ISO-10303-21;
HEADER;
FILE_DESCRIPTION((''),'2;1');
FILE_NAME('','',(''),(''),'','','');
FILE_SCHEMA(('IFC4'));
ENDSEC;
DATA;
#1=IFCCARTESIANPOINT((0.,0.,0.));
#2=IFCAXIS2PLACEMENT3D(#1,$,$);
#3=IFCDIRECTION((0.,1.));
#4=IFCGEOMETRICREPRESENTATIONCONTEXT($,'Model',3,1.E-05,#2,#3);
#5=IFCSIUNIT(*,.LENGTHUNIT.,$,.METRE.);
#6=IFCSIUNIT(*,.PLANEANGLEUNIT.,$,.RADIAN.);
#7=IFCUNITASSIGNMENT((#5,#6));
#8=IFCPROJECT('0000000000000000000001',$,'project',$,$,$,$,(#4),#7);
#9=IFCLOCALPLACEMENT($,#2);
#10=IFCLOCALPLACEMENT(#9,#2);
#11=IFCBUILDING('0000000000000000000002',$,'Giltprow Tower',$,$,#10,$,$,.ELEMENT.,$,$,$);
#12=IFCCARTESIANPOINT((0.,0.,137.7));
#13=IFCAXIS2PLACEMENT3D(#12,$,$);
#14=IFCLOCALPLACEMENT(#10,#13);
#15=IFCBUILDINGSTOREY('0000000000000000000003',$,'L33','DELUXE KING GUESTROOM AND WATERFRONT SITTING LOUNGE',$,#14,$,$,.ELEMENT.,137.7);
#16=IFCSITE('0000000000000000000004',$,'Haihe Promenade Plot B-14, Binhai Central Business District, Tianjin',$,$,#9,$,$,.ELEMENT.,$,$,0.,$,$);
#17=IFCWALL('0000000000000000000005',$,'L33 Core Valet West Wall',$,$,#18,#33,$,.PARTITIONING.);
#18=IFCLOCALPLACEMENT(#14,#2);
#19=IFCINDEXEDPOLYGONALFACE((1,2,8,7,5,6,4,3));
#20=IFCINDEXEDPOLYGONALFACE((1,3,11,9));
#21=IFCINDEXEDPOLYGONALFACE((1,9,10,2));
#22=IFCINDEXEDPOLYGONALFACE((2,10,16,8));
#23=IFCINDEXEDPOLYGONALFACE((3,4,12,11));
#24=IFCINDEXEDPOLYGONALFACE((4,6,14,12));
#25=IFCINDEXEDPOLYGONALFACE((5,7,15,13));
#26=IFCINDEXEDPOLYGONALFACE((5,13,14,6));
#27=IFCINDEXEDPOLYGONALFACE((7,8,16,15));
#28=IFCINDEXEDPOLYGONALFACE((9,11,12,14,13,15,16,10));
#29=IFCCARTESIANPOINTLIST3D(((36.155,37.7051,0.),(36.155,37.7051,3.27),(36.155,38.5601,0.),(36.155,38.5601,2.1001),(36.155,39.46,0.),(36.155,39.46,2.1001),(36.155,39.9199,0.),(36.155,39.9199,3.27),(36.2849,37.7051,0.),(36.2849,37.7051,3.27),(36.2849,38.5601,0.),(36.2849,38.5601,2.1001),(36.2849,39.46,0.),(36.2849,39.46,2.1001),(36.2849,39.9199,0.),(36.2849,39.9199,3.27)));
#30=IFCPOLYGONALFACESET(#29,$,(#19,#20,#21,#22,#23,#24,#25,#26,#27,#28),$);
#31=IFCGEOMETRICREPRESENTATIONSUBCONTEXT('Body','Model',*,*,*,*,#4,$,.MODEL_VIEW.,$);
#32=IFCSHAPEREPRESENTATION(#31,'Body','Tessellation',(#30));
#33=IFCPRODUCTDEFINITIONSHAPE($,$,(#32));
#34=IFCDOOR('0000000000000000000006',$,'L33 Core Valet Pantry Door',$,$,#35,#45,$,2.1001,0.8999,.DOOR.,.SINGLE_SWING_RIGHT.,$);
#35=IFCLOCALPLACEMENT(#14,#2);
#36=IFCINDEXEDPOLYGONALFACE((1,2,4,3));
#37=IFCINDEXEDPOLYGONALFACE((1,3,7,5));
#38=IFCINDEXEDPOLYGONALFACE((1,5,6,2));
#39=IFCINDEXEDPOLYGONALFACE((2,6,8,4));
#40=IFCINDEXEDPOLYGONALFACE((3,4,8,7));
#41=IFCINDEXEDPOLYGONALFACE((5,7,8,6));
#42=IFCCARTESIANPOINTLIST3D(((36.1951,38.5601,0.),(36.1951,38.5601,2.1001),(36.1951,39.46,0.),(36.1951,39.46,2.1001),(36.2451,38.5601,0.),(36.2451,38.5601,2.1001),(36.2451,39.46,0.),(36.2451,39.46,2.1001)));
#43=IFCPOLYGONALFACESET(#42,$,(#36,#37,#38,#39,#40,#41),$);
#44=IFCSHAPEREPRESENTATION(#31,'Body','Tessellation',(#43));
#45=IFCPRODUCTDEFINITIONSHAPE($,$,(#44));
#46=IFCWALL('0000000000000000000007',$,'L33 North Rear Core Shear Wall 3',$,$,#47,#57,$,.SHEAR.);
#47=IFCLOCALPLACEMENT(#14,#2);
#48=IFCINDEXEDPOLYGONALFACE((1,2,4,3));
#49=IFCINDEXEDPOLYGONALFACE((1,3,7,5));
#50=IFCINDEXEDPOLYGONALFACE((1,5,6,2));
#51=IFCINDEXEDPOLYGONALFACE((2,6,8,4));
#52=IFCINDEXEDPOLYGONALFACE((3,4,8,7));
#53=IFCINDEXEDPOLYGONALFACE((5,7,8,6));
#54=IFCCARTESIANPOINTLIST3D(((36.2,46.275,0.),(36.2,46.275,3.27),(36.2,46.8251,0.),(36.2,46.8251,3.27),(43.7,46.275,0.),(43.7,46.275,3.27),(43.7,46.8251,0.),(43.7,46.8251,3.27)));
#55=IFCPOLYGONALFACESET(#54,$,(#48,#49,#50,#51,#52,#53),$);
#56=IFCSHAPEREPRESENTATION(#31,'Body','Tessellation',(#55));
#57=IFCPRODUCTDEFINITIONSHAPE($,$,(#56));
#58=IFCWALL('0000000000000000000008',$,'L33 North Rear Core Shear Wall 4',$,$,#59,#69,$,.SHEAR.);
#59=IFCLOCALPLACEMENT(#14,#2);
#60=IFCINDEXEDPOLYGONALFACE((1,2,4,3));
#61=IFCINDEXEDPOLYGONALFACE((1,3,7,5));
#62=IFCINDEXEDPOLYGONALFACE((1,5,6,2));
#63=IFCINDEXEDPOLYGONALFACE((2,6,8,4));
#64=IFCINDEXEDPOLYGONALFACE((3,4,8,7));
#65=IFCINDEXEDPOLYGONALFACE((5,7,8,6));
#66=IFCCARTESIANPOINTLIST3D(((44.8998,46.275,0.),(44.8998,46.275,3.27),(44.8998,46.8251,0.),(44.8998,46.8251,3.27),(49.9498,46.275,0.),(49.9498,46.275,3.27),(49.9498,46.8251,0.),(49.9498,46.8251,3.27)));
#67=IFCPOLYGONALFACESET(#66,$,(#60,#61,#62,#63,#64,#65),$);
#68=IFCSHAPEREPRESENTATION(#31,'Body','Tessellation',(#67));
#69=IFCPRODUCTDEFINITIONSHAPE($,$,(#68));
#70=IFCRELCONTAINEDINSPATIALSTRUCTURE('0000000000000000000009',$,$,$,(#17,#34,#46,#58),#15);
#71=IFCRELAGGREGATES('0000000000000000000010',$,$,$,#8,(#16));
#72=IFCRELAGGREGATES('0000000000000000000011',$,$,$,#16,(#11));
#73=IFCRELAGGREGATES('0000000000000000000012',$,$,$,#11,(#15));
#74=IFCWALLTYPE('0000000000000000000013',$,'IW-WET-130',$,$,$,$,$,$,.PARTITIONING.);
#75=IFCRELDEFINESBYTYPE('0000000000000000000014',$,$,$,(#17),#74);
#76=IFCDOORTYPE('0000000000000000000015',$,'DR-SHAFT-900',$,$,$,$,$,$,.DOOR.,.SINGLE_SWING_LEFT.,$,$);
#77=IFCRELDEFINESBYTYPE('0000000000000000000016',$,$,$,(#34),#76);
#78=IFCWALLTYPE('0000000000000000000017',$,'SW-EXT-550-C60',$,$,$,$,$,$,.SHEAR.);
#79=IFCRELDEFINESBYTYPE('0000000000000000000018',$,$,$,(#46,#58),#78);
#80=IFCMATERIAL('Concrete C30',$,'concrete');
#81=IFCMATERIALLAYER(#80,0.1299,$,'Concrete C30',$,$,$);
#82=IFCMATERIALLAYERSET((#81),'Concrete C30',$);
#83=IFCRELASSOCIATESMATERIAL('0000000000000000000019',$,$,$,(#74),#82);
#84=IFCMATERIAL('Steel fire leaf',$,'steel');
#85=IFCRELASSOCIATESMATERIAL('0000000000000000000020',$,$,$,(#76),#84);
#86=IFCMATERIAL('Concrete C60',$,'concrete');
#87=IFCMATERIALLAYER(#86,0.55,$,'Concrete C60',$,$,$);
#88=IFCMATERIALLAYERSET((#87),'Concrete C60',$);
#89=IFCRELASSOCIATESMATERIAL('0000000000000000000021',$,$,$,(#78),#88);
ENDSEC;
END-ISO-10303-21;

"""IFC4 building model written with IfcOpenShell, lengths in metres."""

from ifc_helpers import new_model, si_unit, direction, frame, frame_2d, origin, place, context, subcontext, project, spatial, rectangle, extrude, source, transform, mapped, material, layer, layer_set, type_object, element, fill, save


model = new_model("IFC4")

# Units and contexts
model_context = context("Model", 3, precision=1e-05, world=origin(), true_north=direction((0.0, 1.0)))
body_context = subcontext(model_context, "Body", "Model", "MODEL_VIEW")
ifc_project = project(units=[si_unit("LENGTHUNIT", "METRE"), si_unit("PLANEANGLEUNIT", "RADIAN")], contexts=[model_context])

# Site, building, storey
site_placement = place(None, origin())
site = spatial("IfcSite", under=ifc_project, at=site_placement, Name="Haihe Promenade Plot B-14, Binhai Central Business District, Tianjin", CompositionType="ELEMENT", RefElevation=0.0)
building_placement = place(site_placement, origin())
building = spatial("IfcBuilding", under=site, at=building_placement, Name="Giltprow Tower", CompositionType="ELEMENT")
storey_placement = place(building_placement, frame((0.0, 0.0, 137.7)))
storey = spatial("IfcBuildingStorey", under=building, at=storey_placement, Name="L33", Description="DELUXE KING GUESTROOM AND WATERFRONT SITTING LOUNGE", CompositionType="ELEMENT", Elevation=137.7)

# Shared definitions
ifc_material_1 = material(Name="Concrete C60", Category="concrete")

# Shared definitions
ifc_material_2 = material(Name="Concrete C30", Category="concrete")
ifc_layer_1 = layer(ifc_material_2, 0.1299, Name="Concrete C30")
ifc_layer_set_1 = layer_set([ifc_layer_1], Name="Concrete C30")
wall_type_1 = type_object("IfcWallType", Name="IW-WET-130", PredefinedType="PARTITIONING", material=ifc_layer_set_1)

# Wall, opening, door
wall_1_placement = place(storey_placement, frame((36.22, 37.7051, 0.0), z_axis=(0.0, 0.0, 1.0), x_axis=(0.0, 1.0, 0.0)))
wall_1 = element("IfcWall", 1, at=wall_1_placement, inside=storey, type_object=wall_type_1, Name="L33 Core Valet West Wall", PredefinedType="PARTITIONING", context=body_context, shape_type="SweptSolid", body=[
    extrude(rectangle(XDim=2.2148, YDim=0.1299, at=frame_2d((1.1074, 0.0))), origin(), (0.0, 0.0, 1.0), 3.27),
])
opening_1_placement = place(wall_1_placement, frame((0.855, 0.0, 0.0)))
opening_1 = element("IfcOpeningElement", 2, at=opening_1_placement, cuts=wall_1, PredefinedType="OPENING", context=body_context, shape_type="SweptSolid", body=[
    extrude(rectangle(XDim=0.8999, YDim=2.1001, at=frame_2d((0.45, 1.05))), frame((0.0, 0.075, 0.0), z_axis=(0.0, -1.0, 0.0), x_axis=(1.0, 0.0, 0.0)), (0.0, 0.0, 1.0), 0.1499),
])
ifc_material_3 = material(Name="Steel fire leaf", Category="steel")
door_type_1 = type_object("IfcDoorType", Name="DR-SHAFT-900", OperationType="SINGLE_SWING_LEFT", PredefinedType="DOOR", material=ifc_material_3)
shared_shape_1 = source(origin(), body_context, "Body", "SweptSolid", [
    extrude(rectangle(XDim=0.8999, YDim=2.1001, at=frame_2d((0.45, 1.05))), frame((0.0, 0.0249, 0.0), z_axis=(0.0, -1.0, 0.0), x_axis=(1.0, 0.0, 0.0)), (0.0, 0.0, 1.0), 0.05),
])
door_1_placement = place(opening_1_placement, origin())
door_1 = element("IfcDoor", 3, at=door_1_placement, inside=storey, type_object=door_type_1, Name="L33 Core Valet Pantry Door", OperationType="SINGLE_SWING_RIGHT", OverallHeight=2.1001, OverallWidth=0.8999, PredefinedType="DOOR", context=body_context, shape_type="MappedRepresentation", body=[
    mapped(shared_shape_1, transform((0.0, 0.0, 0.0), x_axis=(1.0, 0.0, 0.0), y_axis=(0.0, 1.0, 0.0), z_axis=(0.0, 0.0, 1.0), scale=1.0)),
])
fill(opening_1, door_1)

# Walls
ifc_layer_2 = layer(ifc_material_1, 0.55, Name="Concrete C60")
ifc_layer_set_2 = layer_set([ifc_layer_2], Name="Concrete C60")
wall_type_2 = type_object("IfcWallType", Name="SW-EXT-550-C60", PredefinedType="SHEAR", material=ifc_layer_set_2)
wall_2_placement = place(storey_placement, frame((36.2, 46.55, 0.0), z_axis=(0.0, 0.0, 1.0), x_axis=(1.0, 0.0, 0.0)))
element("IfcWall", 4, at=wall_2_placement, inside=storey, type_object=wall_type_2, Name="L33 North Rear Core Shear Wall 3", PredefinedType="SHEAR", context=body_context, shape_type="SweptSolid", body=[
    extrude(rectangle(XDim=7.5, YDim=0.55, at=frame_2d((3.75, 0.0))), origin(), (0.0, 0.0, 1.0), 3.27),
])
wall_3_placement = place(storey_placement, frame((44.8999, 46.55, 0.0), z_axis=(0.0, 0.0, 1.0), x_axis=(1.0, 0.0, 0.0)))
element("IfcWall", 5, at=wall_3_placement, inside=storey, type_object=wall_type_2, Name="L33 North Rear Core Shear Wall 4", PredefinedType="SHEAR", context=body_context, shape_type="SweptSolid", body=[
    extrude(rectangle(XDim=5.05, YDim=0.55, at=frame_2d((2.5249, 0.0))), origin(), (0.0, 0.0, 1.0), 3.27),
])

save(model, "model.ifc")
